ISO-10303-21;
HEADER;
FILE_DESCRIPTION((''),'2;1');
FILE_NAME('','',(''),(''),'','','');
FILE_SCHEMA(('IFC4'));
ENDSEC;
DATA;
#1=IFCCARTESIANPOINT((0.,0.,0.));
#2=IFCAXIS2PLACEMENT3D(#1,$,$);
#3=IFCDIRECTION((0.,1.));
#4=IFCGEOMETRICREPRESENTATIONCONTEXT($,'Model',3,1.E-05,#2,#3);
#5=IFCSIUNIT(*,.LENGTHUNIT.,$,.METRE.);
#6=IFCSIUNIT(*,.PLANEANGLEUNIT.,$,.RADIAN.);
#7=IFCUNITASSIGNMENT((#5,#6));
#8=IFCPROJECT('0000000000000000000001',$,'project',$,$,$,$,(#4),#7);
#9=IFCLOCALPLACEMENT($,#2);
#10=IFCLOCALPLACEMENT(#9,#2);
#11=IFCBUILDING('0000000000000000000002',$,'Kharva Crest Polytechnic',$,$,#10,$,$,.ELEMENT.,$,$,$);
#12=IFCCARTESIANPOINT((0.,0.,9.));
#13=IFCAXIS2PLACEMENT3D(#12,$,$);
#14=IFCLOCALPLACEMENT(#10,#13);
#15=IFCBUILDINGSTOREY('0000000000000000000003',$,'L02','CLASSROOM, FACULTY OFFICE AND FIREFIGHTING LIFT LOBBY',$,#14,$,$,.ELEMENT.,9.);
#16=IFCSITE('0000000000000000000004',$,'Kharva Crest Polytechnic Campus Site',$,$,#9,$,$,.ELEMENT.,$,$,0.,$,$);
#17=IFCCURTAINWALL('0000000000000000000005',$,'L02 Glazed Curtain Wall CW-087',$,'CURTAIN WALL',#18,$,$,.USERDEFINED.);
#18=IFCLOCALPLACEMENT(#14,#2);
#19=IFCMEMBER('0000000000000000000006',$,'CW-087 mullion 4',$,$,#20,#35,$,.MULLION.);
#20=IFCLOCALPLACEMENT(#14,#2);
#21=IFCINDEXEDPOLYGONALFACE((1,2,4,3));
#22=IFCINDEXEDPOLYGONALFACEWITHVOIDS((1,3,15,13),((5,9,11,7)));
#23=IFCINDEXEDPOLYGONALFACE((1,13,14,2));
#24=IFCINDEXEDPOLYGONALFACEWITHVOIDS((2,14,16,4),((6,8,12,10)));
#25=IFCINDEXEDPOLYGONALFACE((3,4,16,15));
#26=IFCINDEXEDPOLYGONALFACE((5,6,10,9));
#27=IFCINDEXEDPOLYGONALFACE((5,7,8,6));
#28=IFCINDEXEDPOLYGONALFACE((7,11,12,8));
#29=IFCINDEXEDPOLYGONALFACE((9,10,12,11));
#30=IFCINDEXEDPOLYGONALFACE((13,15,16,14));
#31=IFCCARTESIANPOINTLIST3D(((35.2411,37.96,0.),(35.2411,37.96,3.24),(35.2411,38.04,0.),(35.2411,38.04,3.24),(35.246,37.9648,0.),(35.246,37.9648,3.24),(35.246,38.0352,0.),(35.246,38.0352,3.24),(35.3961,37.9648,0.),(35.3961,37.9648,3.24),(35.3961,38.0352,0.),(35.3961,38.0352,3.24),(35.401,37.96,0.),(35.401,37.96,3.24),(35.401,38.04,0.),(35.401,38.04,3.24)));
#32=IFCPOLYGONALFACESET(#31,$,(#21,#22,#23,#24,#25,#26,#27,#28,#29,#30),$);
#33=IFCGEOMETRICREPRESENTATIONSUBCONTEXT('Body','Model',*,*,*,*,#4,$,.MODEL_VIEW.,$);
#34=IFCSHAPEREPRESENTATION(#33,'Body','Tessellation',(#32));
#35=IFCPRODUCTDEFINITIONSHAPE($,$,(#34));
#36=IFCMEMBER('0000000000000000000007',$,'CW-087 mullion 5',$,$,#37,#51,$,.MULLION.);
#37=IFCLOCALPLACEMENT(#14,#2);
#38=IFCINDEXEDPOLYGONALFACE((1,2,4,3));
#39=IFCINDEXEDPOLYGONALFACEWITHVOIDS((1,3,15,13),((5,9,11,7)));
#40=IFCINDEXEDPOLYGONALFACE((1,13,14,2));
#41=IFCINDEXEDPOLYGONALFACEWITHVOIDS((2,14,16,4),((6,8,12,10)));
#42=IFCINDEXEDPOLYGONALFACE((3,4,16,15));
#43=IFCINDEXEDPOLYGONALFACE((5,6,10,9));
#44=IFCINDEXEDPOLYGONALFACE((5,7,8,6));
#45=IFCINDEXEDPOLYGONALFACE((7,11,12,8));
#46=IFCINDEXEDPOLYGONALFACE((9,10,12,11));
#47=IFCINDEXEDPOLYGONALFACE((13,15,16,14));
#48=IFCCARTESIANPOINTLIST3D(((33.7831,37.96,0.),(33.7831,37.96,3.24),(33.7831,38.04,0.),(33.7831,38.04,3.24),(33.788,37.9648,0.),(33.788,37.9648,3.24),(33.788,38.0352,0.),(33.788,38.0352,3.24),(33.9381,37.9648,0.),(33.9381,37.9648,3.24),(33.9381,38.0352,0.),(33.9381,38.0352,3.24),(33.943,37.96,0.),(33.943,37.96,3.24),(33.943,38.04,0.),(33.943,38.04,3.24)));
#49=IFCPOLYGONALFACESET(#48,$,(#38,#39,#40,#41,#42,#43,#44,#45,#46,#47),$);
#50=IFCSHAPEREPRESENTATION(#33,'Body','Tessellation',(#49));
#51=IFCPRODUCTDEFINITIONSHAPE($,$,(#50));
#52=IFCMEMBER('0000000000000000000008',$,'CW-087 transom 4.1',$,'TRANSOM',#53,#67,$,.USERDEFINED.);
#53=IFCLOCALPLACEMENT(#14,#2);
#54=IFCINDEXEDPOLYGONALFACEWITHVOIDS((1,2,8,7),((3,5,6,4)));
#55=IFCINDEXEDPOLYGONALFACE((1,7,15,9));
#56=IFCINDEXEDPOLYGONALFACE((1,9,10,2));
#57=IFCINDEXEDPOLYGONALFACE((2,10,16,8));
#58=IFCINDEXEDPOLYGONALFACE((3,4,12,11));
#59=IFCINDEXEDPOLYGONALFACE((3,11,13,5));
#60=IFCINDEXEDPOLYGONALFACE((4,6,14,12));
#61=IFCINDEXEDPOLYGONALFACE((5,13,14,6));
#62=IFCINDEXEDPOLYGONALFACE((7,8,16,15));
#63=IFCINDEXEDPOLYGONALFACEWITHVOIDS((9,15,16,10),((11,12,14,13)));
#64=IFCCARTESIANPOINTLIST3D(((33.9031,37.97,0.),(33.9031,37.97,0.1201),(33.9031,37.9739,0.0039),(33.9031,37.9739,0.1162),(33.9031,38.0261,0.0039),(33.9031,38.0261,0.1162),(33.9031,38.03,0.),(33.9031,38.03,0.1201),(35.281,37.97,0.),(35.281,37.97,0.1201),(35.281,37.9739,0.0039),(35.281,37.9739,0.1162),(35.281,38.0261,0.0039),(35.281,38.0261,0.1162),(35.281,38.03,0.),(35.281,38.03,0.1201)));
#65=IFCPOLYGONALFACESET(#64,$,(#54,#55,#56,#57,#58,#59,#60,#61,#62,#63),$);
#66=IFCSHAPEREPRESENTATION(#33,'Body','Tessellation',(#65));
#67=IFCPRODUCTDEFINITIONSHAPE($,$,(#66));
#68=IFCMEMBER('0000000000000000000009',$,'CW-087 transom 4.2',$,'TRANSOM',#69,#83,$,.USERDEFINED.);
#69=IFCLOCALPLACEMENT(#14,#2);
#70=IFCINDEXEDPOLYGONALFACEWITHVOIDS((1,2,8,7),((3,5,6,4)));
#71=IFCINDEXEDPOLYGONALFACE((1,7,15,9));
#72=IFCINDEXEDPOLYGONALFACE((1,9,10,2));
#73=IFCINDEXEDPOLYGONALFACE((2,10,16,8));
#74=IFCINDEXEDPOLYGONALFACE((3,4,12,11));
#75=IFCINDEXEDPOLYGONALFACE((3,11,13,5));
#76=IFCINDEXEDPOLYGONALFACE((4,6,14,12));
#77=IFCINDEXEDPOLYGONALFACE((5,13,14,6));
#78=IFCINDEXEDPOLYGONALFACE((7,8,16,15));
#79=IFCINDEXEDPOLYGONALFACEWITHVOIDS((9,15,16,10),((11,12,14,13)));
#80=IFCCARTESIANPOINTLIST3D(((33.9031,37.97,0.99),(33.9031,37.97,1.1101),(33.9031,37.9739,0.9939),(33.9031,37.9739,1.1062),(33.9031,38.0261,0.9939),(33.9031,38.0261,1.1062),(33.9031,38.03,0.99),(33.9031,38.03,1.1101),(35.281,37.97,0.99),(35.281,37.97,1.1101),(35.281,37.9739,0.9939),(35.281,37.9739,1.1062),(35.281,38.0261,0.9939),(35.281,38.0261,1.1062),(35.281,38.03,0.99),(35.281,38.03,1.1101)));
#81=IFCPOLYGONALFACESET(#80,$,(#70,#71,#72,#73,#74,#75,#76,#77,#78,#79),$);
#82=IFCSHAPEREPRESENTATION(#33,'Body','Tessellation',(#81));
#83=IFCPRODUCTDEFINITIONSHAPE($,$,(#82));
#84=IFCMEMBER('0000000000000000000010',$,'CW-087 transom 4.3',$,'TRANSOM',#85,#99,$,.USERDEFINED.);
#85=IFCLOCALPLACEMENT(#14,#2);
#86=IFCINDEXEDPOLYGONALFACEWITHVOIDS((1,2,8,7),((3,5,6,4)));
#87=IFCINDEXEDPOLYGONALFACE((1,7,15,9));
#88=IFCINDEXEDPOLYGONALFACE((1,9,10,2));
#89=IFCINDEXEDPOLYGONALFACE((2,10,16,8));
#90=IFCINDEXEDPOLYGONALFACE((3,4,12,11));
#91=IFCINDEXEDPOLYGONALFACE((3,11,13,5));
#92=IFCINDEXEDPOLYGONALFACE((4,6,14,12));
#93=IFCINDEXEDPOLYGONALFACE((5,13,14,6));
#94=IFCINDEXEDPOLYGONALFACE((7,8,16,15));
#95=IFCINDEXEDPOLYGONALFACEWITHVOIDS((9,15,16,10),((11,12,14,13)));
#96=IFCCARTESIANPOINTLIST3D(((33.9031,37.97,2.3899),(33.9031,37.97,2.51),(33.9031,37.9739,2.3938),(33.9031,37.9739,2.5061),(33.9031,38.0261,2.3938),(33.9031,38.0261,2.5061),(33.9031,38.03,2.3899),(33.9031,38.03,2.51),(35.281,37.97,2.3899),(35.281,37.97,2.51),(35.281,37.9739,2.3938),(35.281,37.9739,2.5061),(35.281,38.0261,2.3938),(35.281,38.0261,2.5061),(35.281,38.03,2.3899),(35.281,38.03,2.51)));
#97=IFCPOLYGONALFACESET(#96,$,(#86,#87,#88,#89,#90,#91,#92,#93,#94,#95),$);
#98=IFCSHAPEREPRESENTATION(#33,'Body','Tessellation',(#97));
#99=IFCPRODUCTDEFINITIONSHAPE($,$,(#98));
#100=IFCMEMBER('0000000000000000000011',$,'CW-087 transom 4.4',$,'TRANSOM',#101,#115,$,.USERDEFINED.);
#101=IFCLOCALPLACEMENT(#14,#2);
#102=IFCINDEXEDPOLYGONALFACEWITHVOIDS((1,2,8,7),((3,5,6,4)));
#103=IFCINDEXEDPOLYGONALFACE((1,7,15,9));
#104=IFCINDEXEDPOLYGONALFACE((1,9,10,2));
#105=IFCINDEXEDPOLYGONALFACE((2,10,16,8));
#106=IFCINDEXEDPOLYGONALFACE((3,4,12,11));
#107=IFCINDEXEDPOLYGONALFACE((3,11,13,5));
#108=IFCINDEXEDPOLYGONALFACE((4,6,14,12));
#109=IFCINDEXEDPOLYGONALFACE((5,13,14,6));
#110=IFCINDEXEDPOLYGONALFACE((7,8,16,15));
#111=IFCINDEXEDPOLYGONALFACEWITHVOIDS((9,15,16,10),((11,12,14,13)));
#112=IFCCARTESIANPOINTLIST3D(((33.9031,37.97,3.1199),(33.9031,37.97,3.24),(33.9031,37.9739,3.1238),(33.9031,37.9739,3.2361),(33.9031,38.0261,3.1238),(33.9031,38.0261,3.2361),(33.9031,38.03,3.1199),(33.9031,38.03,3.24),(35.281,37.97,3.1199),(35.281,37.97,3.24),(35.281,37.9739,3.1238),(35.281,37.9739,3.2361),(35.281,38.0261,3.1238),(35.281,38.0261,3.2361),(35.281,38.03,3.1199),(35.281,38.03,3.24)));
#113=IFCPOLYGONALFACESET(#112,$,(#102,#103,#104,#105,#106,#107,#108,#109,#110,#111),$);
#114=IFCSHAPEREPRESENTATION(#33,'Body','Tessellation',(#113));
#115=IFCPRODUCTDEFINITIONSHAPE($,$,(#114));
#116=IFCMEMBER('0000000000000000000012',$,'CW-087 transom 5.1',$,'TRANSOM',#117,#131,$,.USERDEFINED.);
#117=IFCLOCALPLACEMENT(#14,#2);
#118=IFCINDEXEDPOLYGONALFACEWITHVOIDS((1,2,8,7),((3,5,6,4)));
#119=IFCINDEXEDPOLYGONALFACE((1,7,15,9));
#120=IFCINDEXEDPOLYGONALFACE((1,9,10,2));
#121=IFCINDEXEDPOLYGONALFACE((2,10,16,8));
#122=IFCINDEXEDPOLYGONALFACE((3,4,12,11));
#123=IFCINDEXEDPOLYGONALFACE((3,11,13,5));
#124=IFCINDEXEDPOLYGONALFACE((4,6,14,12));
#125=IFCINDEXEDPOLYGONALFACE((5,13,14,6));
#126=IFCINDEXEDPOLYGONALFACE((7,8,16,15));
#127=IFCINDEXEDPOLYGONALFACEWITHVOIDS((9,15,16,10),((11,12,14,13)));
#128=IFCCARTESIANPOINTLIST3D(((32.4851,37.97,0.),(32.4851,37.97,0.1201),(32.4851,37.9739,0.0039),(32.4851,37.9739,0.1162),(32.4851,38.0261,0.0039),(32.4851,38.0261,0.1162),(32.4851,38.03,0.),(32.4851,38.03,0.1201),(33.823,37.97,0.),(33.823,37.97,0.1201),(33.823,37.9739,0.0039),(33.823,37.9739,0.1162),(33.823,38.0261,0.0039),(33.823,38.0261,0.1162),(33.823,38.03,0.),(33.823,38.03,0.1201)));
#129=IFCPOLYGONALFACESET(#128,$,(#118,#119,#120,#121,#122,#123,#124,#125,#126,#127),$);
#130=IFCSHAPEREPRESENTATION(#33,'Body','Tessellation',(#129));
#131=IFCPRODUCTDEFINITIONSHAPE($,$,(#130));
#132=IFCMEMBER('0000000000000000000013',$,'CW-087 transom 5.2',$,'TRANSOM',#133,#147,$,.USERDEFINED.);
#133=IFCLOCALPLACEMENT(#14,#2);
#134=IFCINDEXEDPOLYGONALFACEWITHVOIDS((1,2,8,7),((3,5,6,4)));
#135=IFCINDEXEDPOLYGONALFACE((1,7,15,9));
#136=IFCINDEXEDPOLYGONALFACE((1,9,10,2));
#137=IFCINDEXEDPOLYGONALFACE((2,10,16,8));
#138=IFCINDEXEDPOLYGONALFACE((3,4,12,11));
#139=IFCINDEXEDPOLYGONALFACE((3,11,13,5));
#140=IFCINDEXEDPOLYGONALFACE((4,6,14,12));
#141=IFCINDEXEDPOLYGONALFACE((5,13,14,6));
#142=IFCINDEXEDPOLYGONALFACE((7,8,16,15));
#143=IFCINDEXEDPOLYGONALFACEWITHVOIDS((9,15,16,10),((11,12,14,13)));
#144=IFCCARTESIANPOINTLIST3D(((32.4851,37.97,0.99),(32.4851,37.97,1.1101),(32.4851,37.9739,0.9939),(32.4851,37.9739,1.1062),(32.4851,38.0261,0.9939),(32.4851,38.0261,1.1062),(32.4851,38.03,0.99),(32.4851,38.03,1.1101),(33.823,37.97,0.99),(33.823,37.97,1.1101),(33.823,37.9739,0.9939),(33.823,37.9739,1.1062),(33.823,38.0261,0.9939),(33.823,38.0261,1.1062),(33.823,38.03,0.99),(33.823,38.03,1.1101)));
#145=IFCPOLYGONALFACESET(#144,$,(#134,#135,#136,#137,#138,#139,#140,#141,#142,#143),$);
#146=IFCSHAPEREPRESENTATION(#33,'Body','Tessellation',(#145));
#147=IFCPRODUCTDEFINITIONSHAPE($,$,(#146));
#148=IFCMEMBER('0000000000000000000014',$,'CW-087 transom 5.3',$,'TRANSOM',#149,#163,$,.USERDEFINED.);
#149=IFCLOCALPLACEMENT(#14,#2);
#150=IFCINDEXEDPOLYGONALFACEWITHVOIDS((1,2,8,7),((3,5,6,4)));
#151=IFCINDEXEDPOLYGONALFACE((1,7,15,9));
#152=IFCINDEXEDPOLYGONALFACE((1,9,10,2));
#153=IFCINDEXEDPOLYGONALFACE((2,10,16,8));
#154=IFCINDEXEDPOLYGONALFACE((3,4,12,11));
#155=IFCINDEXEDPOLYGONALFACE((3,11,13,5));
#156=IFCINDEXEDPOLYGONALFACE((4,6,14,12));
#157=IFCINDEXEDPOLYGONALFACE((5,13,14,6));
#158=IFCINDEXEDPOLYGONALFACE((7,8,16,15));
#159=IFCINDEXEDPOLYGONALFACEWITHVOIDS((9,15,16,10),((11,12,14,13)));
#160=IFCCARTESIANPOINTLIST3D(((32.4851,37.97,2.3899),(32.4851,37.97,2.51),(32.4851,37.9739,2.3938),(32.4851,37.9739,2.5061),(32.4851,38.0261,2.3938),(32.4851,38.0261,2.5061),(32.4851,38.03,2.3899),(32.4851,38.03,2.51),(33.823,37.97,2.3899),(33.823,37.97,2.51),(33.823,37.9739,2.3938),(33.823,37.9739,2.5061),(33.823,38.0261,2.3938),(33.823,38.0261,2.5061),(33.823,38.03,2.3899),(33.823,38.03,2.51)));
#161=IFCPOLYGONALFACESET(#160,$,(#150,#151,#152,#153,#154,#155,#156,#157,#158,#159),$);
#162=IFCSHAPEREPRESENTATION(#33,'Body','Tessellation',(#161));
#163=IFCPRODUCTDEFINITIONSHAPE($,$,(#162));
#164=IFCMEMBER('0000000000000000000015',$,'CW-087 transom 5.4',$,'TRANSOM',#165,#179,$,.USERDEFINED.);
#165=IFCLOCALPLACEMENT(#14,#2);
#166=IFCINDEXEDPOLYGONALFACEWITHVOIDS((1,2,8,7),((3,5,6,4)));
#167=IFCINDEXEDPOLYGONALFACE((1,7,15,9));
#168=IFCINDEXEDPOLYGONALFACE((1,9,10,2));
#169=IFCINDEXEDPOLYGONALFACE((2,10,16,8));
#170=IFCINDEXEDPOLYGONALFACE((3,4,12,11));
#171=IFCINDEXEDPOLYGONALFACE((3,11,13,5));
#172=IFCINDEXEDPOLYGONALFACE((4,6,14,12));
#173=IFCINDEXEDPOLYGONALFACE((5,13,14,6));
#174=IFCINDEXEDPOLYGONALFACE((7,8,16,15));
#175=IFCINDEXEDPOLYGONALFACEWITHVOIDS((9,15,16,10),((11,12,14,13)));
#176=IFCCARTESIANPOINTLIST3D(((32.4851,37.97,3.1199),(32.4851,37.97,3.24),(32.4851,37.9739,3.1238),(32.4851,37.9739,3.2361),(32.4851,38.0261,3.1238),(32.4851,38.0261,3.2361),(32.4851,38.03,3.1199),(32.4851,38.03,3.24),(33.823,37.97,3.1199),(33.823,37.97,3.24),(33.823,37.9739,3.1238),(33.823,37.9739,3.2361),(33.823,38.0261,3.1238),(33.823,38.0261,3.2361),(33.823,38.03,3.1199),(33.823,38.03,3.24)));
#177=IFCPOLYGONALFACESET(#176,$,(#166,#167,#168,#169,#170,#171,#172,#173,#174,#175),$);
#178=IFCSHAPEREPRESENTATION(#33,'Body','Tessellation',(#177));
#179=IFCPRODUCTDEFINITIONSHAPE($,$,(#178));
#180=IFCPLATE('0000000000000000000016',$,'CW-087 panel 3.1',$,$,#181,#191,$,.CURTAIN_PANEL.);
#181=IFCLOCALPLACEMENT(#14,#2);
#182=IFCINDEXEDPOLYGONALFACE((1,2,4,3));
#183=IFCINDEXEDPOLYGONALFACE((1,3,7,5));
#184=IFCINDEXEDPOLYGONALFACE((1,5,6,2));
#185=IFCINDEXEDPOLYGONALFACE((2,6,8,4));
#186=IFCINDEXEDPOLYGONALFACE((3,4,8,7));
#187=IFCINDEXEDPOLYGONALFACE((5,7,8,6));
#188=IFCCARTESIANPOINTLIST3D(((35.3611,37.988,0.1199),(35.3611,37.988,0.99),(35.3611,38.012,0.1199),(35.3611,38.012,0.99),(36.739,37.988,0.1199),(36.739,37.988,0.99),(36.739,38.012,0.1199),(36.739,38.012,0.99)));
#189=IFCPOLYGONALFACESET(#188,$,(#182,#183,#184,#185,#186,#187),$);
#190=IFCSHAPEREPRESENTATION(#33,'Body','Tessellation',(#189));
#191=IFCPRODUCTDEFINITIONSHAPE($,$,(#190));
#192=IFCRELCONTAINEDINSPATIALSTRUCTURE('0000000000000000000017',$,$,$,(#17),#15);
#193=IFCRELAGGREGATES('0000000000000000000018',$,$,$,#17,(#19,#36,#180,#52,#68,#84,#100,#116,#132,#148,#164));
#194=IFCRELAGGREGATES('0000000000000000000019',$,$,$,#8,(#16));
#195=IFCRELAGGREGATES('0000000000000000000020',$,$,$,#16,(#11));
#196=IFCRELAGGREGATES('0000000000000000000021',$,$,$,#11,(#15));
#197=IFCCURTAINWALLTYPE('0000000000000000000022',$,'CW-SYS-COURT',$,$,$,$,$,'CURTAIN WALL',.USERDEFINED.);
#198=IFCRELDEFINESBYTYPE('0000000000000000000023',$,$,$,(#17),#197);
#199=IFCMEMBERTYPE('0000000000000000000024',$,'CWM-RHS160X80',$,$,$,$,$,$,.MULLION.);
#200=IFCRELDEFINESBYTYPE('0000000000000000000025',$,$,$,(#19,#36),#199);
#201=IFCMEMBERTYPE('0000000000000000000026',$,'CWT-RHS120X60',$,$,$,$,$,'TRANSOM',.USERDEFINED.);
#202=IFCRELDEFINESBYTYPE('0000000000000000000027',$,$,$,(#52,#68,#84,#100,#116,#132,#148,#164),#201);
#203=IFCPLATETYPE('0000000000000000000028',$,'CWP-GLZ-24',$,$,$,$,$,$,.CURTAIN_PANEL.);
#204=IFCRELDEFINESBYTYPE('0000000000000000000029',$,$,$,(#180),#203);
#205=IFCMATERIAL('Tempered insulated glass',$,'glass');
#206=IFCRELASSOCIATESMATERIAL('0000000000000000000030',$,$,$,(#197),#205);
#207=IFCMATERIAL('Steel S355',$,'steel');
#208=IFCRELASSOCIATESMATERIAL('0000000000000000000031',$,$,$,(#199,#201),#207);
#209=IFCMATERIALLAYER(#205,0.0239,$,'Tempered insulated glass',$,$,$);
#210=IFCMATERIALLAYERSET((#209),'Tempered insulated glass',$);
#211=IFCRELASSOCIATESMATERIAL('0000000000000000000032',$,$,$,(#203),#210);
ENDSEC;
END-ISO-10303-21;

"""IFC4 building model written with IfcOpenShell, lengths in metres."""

from ifc_helpers import new_model, si_unit, direction, frame, origin, origin_2d, place, context, subcontext, project, spatial, rectangle, hollow_rectangle, extrude, material, layer, layer_set, material_profile, profile_set, type_object, element, aggregate, save


model = new_model("IFC4")

# Units and contexts
model_context = context("Model", 3, precision=1e-05, world=origin(), true_north=direction((0.0, 1.0)))
body_context = subcontext(model_context, "Body", "Model", "MODEL_VIEW")
ifc_project = project(units=[si_unit("LENGTHUNIT", "METRE"), si_unit("PLANEANGLEUNIT", "RADIAN")], contexts=[model_context])

# Site, building, storey
site_placement = place(None, origin())
site = spatial("IfcSite", under=ifc_project, at=site_placement, Name="Kharva Crest Polytechnic Campus Site", CompositionType="ELEMENT", RefElevation=0.0)
building_placement = place(site_placement, origin())
building = spatial("IfcBuilding", under=site, at=building_placement, Name="Kharva Crest Polytechnic", CompositionType="ELEMENT")
storey_placement = place(building_placement, frame((0.0, 0.0, 9.0)))
storey = spatial("IfcBuildingStorey", under=building, at=storey_placement, Name="L02", Description="CLASSROOM, FACULTY OFFICE AND FIREFIGHTING LIFT LOBBY", CompositionType="ELEMENT", Elevation=9.0)

# Curtain wall, members, plate
ifc_material_1 = material(Name="Tempered insulated glass", Category="glass")
curtain_wall_type = type_object("IfcCurtainWallType", Name="CW-SYS-COURT", ElementType="CURTAIN WALL", PredefinedType="USERDEFINED", material=ifc_material_1)
curtain_wall_placement = place(storey_placement, origin())
curtain_wall = element("IfcCurtainWall", 1, at=curtain_wall_placement, inside=storey, type_object=curtain_wall_type, Name="L02 Glazed Curtain Wall CW-087", ObjectType="CURTAIN WALL", PredefinedType="USERDEFINED")
ifc_material_2 = material(Name="Steel S355", Category="steel")
ifc_material_profile_1 = material_profile(ifc_material_2, hollow_rectangle(XDim=0.0801, YDim=0.1599, WallThickness=0.0049, at=origin_2d()), Name="RHS 160X80X5.0")
ifc_profile_set_1 = profile_set([ifc_material_profile_1], Name="Steel S355")
member_type_1 = type_object("IfcMemberType", Name="CWM-RHS160X80", PredefinedType="MULLION", material=ifc_profile_set_1)
member_1_placement = place(storey_placement, frame((35.321, 38.0, 0.0), z_axis=(0.0, 0.0, 1.0), x_axis=(0.0, -1.0, 0.0)))
member_1 = element("IfcMember", 2, at=member_1_placement, type_object=member_type_1, Name="CW-087 mullion 4", PredefinedType="MULLION", context=body_context, shape_type="SweptSolid", body=[
    extrude(hollow_rectangle(XDim=0.0801, YDim=0.1599, WallThickness=0.0049, at=origin_2d()), origin(), (0.0, 0.0, 1.0), 3.24),
])
member_2_placement = place(storey_placement, frame((33.863, 38.0, 0.0), z_axis=(0.0, 0.0, 1.0), x_axis=(0.0, -1.0, 0.0)))
member_2 = element("IfcMember", 3, at=member_2_placement, type_object=member_type_1, Name="CW-087 mullion 5", PredefinedType="MULLION", context=body_context, shape_type="SweptSolid", body=[
    extrude(hollow_rectangle(XDim=0.0801, YDim=0.1599, WallThickness=0.0049, at=origin_2d()), origin(), (0.0, 0.0, 1.0), 3.24),
])
ifc_material_profile_2 = material_profile(ifc_material_2, hollow_rectangle(XDim=0.0601, YDim=0.1201, WallThickness=0.0039, at=origin_2d()), Name="RHS 120X60X4.0")
ifc_profile_set_2 = profile_set([ifc_material_profile_2], Name="Steel S355")
member_type_2 = type_object("IfcMemberType", Name="CWT-RHS120X60", ElementType="TRANSOM", PredefinedType="USERDEFINED", material=ifc_profile_set_2)
member_3_placement = place(storey_placement, frame((35.281, 38.0, 0.0601), z_axis=(-1.0, 0.0, 0.0), x_axis=(0.0, -1.0, 0.0)))
member_3 = element("IfcMember", 4, at=member_3_placement, type_object=member_type_2, Name="CW-087 transom 4.1", ObjectType="TRANSOM", PredefinedType="USERDEFINED", context=body_context, shape_type="SweptSolid", body=[
    extrude(hollow_rectangle(XDim=0.0601, YDim=0.1201, WallThickness=0.0039, at=origin_2d()), origin(), (0.0, 0.0, 1.0), 1.3779),
])
member_4_placement = place(storey_placement, frame((35.281, 38.0, 1.05), z_axis=(-1.0, 0.0, 0.0), x_axis=(0.0, -1.0, 0.0)))
member_4 = element("IfcMember", 5, at=member_4_placement, type_object=member_type_2, Name="CW-087 transom 4.2", ObjectType="TRANSOM", PredefinedType="USERDEFINED", context=body_context, shape_type="SweptSolid", body=[
    extrude(hollow_rectangle(XDim=0.0601, YDim=0.1201, WallThickness=0.0039, at=origin_2d()), origin(), (0.0, 0.0, 1.0), 1.3779),
])
member_5_placement = place(storey_placement, frame((35.281, 38.0, 2.45), z_axis=(-1.0, 0.0, 0.0), x_axis=(0.0, -1.0, 0.0)))
member_5 = element("IfcMember", 6, at=member_5_placement, type_object=member_type_2, Name="CW-087 transom 4.3", ObjectType="TRANSOM", PredefinedType="USERDEFINED", context=body_context, shape_type="SweptSolid", body=[
    extrude(hollow_rectangle(XDim=0.0601, YDim=0.1201, WallThickness=0.0039, at=origin_2d()), origin(), (0.0, 0.0, 1.0), 1.3779),
])
member_6_placement = place(storey_placement, frame((35.281, 38.0, 3.1799), z_axis=(-1.0, 0.0, 0.0), x_axis=(0.0, -1.0, 0.0)))
member_6 = element("IfcMember", 7, at=member_6_placement, type_object=member_type_2, Name="CW-087 transom 4.4", ObjectType="TRANSOM", PredefinedType="USERDEFINED", context=body_context, shape_type="SweptSolid", body=[
    extrude(hollow_rectangle(XDim=0.0601, YDim=0.1201, WallThickness=0.0039, at=origin_2d()), origin(), (0.0, 0.0, 1.0), 1.3779),
])
member_7_placement = place(storey_placement, frame((33.823, 38.0, 0.0601), z_axis=(-1.0, 0.0, 0.0), x_axis=(0.0, -1.0, 0.0)))
member_7 = element("IfcMember", 8, at=member_7_placement, type_object=member_type_2, Name="CW-087 transom 5.1", ObjectType="TRANSOM", PredefinedType="USERDEFINED", context=body_context, shape_type="SweptSolid", body=[
    extrude(hollow_rectangle(XDim=0.0601, YDim=0.1201, WallThickness=0.0039, at=origin_2d()), origin(), (0.0, 0.0, 1.0), 1.3379),
])
member_8_placement = place(storey_placement, frame((33.823, 38.0, 1.05), z_axis=(-1.0, 0.0, 0.0), x_axis=(0.0, -1.0, 0.0)))
member_8 = element("IfcMember", 9, at=member_8_placement, type_object=member_type_2, Name="CW-087 transom 5.2", ObjectType="TRANSOM", PredefinedType="USERDEFINED", context=body_context, shape_type="SweptSolid", body=[
    extrude(hollow_rectangle(XDim=0.0601, YDim=0.1201, WallThickness=0.0039, at=origin_2d()), origin(), (0.0, 0.0, 1.0), 1.3379),
])
member_9_placement = place(storey_placement, frame((33.823, 38.0, 2.45), z_axis=(-1.0, 0.0, 0.0), x_axis=(0.0, -1.0, 0.0)))
member_9 = element("IfcMember", 10, at=member_9_placement, type_object=member_type_2, Name="CW-087 transom 5.3", ObjectType="TRANSOM", PredefinedType="USERDEFINED", context=body_context, shape_type="SweptSolid", body=[
    extrude(hollow_rectangle(XDim=0.0601, YDim=0.1201, WallThickness=0.0039, at=origin_2d()), origin(), (0.0, 0.0, 1.0), 1.3379),
])
member_10_placement = place(storey_placement, frame((33.823, 38.0, 3.1799), z_axis=(-1.0, 0.0, 0.0), x_axis=(0.0, -1.0, 0.0)))
member_10 = element("IfcMember", 11, at=member_10_placement, type_object=member_type_2, Name="CW-087 transom 5.4", ObjectType="TRANSOM", PredefinedType="USERDEFINED", context=body_context, shape_type="SweptSolid", body=[
    extrude(hollow_rectangle(XDim=0.0601, YDim=0.1201, WallThickness=0.0039, at=origin_2d()), origin(), (0.0, 0.0, 1.0), 1.3379),
])
ifc_layer = layer(ifc_material_1, 0.0239, Name="Tempered insulated glass")
ifc_layer_set = layer_set([ifc_layer], Name="Tempered insulated glass")
plate_type = type_object("IfcPlateType", Name="CWP-GLZ-24", PredefinedType="CURTAIN_PANEL", material=ifc_layer_set)
plate_1_placement = place(storey_placement, frame((36.05, 38.0, 0.1199), z_axis=(0.0, 0.0, 1.0), x_axis=(-1.0, 0.0, 0.0)))
plate_1 = element("IfcPlate", 12, at=plate_1_placement, type_object=plate_type, Name="CW-087 panel 3.1", PredefinedType="CURTAIN_PANEL", context=body_context, shape_type="SweptSolid", body=[
    extrude(rectangle(XDim=1.3779, YDim=0.0239, at=origin_2d()), origin(), (0.0, 0.0, 1.0), 0.8701),
])
aggregate(curtain_wall, [member_1, member_2, plate_1, member_3, member_4, member_5, member_6, member_7, member_8, member_9, member_10])

save(model, "model.ifc")
